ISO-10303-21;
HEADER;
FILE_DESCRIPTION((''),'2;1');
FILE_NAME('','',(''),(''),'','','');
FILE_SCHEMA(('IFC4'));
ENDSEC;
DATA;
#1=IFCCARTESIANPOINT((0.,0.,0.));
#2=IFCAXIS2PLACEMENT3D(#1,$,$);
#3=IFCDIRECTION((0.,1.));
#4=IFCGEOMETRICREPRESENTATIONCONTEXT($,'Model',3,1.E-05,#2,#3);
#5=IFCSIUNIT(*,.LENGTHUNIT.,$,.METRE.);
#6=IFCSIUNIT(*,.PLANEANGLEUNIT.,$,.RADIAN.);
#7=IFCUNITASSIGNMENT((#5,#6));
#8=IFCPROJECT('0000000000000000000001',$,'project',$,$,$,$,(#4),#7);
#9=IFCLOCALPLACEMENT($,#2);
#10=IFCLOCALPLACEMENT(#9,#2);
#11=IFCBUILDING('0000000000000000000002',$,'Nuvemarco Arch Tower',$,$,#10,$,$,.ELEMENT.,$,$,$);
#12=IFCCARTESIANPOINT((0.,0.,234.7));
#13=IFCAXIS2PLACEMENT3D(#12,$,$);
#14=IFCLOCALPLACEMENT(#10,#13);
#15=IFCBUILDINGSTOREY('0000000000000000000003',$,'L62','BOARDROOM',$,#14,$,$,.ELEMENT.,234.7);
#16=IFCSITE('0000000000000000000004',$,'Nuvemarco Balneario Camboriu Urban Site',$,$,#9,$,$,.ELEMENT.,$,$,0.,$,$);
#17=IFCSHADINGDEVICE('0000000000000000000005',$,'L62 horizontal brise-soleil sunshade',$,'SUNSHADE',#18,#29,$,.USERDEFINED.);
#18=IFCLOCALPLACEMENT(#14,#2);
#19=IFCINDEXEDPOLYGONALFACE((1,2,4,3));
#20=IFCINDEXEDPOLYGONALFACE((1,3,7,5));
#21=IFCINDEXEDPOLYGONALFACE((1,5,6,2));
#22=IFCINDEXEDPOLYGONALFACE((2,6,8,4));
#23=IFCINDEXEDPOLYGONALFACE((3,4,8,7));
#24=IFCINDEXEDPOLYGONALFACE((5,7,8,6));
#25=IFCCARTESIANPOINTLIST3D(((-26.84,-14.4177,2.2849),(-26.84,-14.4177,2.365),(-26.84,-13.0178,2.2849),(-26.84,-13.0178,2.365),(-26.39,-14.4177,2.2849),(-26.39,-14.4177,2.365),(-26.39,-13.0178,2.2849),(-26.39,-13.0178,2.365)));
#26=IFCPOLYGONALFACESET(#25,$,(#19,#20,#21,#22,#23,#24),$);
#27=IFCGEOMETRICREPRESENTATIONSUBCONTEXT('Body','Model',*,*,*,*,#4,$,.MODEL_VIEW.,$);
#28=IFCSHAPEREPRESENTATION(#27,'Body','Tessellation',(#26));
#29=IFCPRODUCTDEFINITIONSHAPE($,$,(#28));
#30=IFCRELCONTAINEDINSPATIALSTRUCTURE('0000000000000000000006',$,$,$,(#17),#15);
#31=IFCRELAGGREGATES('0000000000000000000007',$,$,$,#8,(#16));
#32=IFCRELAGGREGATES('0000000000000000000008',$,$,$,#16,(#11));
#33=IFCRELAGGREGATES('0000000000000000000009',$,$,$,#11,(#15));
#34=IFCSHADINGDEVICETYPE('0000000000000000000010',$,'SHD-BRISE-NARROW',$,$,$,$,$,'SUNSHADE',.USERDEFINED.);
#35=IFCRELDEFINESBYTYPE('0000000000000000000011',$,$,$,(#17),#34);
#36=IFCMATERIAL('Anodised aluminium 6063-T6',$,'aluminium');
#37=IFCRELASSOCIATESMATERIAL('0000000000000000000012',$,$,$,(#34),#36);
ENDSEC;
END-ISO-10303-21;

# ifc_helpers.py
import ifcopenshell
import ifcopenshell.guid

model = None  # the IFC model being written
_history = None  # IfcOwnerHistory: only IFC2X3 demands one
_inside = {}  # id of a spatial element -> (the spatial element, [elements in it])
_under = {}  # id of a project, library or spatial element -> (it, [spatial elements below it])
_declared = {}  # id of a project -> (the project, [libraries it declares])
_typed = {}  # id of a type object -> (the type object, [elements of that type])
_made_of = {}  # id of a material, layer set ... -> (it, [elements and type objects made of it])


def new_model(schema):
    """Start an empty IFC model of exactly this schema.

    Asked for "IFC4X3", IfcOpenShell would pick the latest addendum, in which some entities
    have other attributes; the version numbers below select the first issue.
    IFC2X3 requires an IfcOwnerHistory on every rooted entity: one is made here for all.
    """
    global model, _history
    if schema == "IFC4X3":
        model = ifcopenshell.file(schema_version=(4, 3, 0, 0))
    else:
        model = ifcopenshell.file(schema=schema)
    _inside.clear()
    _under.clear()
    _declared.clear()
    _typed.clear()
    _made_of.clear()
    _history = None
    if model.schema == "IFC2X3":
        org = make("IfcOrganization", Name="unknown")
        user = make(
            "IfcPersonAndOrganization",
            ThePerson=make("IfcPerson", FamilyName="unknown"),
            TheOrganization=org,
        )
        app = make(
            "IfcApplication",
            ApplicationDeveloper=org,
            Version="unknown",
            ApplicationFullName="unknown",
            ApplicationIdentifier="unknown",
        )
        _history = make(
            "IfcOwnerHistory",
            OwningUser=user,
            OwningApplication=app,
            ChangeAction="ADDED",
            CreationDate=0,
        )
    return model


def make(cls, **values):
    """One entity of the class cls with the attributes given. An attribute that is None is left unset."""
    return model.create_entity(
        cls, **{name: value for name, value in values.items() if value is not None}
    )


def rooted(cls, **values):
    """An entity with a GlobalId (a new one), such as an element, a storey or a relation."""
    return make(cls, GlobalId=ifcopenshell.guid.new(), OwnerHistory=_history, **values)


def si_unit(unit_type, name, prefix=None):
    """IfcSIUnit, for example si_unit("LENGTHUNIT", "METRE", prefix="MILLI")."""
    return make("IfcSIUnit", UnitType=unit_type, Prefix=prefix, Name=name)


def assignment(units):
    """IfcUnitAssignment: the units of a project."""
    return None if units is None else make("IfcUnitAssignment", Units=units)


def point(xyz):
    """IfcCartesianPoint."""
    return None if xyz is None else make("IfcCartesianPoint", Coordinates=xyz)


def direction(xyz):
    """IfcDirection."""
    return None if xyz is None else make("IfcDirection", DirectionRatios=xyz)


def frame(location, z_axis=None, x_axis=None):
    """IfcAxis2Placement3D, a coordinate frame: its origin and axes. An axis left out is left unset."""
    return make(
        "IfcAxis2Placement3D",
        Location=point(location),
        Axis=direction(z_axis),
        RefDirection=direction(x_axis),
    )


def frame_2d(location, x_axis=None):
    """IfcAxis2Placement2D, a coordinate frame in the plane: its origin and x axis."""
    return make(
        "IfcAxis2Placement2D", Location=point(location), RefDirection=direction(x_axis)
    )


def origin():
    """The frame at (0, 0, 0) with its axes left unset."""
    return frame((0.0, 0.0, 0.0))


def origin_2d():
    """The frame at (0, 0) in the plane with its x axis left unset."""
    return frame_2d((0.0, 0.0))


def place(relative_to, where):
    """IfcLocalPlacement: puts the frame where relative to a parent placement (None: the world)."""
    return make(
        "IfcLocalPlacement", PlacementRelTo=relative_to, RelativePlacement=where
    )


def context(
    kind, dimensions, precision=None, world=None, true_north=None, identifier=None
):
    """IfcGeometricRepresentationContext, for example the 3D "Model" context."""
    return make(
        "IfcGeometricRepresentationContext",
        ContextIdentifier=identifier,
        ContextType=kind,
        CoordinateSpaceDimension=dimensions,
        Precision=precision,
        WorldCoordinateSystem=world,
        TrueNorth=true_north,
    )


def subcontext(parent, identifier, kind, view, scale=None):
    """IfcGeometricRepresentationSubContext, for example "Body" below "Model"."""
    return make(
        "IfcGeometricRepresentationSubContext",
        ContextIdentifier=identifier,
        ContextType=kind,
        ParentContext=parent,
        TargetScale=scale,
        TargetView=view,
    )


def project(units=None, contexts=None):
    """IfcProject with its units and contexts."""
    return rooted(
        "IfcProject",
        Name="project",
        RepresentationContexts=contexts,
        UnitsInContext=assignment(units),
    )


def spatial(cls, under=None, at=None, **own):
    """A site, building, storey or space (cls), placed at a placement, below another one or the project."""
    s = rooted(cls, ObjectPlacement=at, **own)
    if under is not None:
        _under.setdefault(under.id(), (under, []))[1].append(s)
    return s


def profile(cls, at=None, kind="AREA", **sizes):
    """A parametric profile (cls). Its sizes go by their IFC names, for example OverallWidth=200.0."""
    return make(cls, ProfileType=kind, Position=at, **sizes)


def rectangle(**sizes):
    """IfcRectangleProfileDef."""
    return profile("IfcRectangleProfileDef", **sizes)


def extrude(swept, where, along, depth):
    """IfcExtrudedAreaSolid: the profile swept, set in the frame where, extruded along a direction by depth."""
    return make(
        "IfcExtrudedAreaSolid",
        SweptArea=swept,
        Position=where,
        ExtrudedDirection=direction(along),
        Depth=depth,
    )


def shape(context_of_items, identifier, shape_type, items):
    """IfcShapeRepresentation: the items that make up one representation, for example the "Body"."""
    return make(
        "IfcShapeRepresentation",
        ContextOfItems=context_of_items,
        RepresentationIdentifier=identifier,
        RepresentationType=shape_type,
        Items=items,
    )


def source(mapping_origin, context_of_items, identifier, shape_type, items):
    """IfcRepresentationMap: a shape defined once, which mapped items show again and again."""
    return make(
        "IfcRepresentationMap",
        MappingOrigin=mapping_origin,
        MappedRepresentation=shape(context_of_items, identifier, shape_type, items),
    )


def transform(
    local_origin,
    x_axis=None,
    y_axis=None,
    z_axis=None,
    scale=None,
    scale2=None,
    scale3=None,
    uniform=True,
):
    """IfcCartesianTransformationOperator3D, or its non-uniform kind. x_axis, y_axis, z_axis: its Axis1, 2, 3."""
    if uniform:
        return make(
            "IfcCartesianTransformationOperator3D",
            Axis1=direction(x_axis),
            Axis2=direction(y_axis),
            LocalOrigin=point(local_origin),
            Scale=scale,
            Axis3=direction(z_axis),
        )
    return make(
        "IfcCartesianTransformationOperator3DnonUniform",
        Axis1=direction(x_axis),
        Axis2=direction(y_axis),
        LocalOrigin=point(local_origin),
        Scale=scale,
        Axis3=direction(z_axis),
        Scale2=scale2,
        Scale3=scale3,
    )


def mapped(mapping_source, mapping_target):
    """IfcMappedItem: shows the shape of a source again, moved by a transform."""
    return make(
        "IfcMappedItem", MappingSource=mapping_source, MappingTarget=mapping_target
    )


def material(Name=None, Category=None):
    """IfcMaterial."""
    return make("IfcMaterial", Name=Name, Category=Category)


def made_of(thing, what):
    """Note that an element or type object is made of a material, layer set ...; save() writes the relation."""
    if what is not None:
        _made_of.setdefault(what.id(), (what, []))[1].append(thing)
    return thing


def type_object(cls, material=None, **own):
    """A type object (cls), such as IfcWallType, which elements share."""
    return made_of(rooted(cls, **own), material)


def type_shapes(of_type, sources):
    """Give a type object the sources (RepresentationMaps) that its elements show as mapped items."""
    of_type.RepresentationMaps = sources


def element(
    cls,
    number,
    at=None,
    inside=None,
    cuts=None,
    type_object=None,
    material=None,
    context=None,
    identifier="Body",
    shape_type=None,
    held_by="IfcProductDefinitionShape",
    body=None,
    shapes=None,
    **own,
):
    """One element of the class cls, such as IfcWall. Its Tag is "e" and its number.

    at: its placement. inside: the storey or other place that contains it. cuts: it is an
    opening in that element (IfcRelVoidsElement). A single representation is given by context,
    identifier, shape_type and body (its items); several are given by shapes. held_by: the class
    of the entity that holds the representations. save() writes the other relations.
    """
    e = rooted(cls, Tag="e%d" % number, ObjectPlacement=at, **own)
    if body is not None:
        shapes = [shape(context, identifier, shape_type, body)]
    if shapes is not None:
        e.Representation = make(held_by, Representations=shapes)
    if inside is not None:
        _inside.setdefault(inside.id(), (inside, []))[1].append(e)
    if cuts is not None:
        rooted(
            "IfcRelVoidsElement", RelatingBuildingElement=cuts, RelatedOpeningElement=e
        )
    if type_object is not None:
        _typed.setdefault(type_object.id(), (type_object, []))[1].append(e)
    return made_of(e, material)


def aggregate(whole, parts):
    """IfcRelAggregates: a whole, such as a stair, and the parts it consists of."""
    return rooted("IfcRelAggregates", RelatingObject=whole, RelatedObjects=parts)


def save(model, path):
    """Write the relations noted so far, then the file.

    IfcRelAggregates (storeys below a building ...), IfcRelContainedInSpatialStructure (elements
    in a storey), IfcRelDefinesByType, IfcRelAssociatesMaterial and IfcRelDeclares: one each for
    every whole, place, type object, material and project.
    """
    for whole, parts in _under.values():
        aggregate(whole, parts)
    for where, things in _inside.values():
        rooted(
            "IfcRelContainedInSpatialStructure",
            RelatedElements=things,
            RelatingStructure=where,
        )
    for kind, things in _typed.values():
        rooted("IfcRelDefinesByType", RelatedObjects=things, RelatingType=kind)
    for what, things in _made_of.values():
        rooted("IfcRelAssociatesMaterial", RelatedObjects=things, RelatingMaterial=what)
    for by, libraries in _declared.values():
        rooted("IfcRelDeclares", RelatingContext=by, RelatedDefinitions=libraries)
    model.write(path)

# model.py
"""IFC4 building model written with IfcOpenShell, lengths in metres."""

from ifc_helpers import new_model, si_unit, direction, frame, origin, origin_2d, place, context, subcontext, project, spatial, rectangle, extrude, source, transform, mapped, material, type_object, type_shapes, element, save


model = new_model("IFC4")

# Units and contexts
model_context = context("Model", 3, precision=1e-05, world=origin(), true_north=direction((0.0, 1.0)))
body_context = subcontext(model_context, "Body", "Model", "MODEL_VIEW")
ifc_project = project(units=[si_unit("LENGTHUNIT", "METRE"), si_unit("PLANEANGLEUNIT", "RADIAN")], contexts=[model_context])

# Site, building, storey
site_placement = place(None, origin())
site = spatial("IfcSite", under=ifc_project, at=site_placement, Name="Nuvemarco Balneario Camboriu Urban Site", CompositionType="ELEMENT", RefElevation=0.0)
building_placement = place(site_placement, origin())
building = spatial("IfcBuilding", under=site, at=building_placement, Name="Nuvemarco Arch Tower", CompositionType="ELEMENT")
storey_placement = place(building_placement, frame((0.0, 0.0, 234.7)))
storey = spatial("IfcBuildingStorey", under=building, at=storey_placement, Name="L62", Description="BOARDROOM", CompositionType="ELEMENT", Elevation=234.7)

# Shading device
ifc_material_1 = material(Name="Anodised aluminium 6063-T6", Category="aluminium")
shading_device_type = type_object("IfcShadingDeviceType", Name="SHD-BRISE-NARROW", ElementType="SUNSHADE", PredefinedType="USERDEFINED", material=ifc_material_1)
shared_shape_1 = source(origin(), body_context, "Body", "SweptSolid", [
    extrude(rectangle(XDim=1.3999, YDim=0.45, at=origin_2d()), origin(), (0.0, 0.0, 1.0), 0.0801),
])
type_shapes(shading_device_type, [shared_shape_1])
shading_device_placement = place(storey_placement, frame((-26.615, -13.7178, 2.2849), z_axis=(0.0, 0.0, 1.0), x_axis=(0.0, 1.0, 0.0)))
element("IfcShadingDevice", 1, at=shading_device_placement, inside=storey, type_object=shading_device_type, Name="L62 horizontal brise-soleil sunshade", ObjectType="SUNSHADE", PredefinedType="USERDEFINED", context=body_context, shape_type="MappedRepresentation", body=[
    mapped(shared_shape_1, transform((0.0, 0.0, 0.0), scale=1.0)),
])

save(model, "model.ifc")
